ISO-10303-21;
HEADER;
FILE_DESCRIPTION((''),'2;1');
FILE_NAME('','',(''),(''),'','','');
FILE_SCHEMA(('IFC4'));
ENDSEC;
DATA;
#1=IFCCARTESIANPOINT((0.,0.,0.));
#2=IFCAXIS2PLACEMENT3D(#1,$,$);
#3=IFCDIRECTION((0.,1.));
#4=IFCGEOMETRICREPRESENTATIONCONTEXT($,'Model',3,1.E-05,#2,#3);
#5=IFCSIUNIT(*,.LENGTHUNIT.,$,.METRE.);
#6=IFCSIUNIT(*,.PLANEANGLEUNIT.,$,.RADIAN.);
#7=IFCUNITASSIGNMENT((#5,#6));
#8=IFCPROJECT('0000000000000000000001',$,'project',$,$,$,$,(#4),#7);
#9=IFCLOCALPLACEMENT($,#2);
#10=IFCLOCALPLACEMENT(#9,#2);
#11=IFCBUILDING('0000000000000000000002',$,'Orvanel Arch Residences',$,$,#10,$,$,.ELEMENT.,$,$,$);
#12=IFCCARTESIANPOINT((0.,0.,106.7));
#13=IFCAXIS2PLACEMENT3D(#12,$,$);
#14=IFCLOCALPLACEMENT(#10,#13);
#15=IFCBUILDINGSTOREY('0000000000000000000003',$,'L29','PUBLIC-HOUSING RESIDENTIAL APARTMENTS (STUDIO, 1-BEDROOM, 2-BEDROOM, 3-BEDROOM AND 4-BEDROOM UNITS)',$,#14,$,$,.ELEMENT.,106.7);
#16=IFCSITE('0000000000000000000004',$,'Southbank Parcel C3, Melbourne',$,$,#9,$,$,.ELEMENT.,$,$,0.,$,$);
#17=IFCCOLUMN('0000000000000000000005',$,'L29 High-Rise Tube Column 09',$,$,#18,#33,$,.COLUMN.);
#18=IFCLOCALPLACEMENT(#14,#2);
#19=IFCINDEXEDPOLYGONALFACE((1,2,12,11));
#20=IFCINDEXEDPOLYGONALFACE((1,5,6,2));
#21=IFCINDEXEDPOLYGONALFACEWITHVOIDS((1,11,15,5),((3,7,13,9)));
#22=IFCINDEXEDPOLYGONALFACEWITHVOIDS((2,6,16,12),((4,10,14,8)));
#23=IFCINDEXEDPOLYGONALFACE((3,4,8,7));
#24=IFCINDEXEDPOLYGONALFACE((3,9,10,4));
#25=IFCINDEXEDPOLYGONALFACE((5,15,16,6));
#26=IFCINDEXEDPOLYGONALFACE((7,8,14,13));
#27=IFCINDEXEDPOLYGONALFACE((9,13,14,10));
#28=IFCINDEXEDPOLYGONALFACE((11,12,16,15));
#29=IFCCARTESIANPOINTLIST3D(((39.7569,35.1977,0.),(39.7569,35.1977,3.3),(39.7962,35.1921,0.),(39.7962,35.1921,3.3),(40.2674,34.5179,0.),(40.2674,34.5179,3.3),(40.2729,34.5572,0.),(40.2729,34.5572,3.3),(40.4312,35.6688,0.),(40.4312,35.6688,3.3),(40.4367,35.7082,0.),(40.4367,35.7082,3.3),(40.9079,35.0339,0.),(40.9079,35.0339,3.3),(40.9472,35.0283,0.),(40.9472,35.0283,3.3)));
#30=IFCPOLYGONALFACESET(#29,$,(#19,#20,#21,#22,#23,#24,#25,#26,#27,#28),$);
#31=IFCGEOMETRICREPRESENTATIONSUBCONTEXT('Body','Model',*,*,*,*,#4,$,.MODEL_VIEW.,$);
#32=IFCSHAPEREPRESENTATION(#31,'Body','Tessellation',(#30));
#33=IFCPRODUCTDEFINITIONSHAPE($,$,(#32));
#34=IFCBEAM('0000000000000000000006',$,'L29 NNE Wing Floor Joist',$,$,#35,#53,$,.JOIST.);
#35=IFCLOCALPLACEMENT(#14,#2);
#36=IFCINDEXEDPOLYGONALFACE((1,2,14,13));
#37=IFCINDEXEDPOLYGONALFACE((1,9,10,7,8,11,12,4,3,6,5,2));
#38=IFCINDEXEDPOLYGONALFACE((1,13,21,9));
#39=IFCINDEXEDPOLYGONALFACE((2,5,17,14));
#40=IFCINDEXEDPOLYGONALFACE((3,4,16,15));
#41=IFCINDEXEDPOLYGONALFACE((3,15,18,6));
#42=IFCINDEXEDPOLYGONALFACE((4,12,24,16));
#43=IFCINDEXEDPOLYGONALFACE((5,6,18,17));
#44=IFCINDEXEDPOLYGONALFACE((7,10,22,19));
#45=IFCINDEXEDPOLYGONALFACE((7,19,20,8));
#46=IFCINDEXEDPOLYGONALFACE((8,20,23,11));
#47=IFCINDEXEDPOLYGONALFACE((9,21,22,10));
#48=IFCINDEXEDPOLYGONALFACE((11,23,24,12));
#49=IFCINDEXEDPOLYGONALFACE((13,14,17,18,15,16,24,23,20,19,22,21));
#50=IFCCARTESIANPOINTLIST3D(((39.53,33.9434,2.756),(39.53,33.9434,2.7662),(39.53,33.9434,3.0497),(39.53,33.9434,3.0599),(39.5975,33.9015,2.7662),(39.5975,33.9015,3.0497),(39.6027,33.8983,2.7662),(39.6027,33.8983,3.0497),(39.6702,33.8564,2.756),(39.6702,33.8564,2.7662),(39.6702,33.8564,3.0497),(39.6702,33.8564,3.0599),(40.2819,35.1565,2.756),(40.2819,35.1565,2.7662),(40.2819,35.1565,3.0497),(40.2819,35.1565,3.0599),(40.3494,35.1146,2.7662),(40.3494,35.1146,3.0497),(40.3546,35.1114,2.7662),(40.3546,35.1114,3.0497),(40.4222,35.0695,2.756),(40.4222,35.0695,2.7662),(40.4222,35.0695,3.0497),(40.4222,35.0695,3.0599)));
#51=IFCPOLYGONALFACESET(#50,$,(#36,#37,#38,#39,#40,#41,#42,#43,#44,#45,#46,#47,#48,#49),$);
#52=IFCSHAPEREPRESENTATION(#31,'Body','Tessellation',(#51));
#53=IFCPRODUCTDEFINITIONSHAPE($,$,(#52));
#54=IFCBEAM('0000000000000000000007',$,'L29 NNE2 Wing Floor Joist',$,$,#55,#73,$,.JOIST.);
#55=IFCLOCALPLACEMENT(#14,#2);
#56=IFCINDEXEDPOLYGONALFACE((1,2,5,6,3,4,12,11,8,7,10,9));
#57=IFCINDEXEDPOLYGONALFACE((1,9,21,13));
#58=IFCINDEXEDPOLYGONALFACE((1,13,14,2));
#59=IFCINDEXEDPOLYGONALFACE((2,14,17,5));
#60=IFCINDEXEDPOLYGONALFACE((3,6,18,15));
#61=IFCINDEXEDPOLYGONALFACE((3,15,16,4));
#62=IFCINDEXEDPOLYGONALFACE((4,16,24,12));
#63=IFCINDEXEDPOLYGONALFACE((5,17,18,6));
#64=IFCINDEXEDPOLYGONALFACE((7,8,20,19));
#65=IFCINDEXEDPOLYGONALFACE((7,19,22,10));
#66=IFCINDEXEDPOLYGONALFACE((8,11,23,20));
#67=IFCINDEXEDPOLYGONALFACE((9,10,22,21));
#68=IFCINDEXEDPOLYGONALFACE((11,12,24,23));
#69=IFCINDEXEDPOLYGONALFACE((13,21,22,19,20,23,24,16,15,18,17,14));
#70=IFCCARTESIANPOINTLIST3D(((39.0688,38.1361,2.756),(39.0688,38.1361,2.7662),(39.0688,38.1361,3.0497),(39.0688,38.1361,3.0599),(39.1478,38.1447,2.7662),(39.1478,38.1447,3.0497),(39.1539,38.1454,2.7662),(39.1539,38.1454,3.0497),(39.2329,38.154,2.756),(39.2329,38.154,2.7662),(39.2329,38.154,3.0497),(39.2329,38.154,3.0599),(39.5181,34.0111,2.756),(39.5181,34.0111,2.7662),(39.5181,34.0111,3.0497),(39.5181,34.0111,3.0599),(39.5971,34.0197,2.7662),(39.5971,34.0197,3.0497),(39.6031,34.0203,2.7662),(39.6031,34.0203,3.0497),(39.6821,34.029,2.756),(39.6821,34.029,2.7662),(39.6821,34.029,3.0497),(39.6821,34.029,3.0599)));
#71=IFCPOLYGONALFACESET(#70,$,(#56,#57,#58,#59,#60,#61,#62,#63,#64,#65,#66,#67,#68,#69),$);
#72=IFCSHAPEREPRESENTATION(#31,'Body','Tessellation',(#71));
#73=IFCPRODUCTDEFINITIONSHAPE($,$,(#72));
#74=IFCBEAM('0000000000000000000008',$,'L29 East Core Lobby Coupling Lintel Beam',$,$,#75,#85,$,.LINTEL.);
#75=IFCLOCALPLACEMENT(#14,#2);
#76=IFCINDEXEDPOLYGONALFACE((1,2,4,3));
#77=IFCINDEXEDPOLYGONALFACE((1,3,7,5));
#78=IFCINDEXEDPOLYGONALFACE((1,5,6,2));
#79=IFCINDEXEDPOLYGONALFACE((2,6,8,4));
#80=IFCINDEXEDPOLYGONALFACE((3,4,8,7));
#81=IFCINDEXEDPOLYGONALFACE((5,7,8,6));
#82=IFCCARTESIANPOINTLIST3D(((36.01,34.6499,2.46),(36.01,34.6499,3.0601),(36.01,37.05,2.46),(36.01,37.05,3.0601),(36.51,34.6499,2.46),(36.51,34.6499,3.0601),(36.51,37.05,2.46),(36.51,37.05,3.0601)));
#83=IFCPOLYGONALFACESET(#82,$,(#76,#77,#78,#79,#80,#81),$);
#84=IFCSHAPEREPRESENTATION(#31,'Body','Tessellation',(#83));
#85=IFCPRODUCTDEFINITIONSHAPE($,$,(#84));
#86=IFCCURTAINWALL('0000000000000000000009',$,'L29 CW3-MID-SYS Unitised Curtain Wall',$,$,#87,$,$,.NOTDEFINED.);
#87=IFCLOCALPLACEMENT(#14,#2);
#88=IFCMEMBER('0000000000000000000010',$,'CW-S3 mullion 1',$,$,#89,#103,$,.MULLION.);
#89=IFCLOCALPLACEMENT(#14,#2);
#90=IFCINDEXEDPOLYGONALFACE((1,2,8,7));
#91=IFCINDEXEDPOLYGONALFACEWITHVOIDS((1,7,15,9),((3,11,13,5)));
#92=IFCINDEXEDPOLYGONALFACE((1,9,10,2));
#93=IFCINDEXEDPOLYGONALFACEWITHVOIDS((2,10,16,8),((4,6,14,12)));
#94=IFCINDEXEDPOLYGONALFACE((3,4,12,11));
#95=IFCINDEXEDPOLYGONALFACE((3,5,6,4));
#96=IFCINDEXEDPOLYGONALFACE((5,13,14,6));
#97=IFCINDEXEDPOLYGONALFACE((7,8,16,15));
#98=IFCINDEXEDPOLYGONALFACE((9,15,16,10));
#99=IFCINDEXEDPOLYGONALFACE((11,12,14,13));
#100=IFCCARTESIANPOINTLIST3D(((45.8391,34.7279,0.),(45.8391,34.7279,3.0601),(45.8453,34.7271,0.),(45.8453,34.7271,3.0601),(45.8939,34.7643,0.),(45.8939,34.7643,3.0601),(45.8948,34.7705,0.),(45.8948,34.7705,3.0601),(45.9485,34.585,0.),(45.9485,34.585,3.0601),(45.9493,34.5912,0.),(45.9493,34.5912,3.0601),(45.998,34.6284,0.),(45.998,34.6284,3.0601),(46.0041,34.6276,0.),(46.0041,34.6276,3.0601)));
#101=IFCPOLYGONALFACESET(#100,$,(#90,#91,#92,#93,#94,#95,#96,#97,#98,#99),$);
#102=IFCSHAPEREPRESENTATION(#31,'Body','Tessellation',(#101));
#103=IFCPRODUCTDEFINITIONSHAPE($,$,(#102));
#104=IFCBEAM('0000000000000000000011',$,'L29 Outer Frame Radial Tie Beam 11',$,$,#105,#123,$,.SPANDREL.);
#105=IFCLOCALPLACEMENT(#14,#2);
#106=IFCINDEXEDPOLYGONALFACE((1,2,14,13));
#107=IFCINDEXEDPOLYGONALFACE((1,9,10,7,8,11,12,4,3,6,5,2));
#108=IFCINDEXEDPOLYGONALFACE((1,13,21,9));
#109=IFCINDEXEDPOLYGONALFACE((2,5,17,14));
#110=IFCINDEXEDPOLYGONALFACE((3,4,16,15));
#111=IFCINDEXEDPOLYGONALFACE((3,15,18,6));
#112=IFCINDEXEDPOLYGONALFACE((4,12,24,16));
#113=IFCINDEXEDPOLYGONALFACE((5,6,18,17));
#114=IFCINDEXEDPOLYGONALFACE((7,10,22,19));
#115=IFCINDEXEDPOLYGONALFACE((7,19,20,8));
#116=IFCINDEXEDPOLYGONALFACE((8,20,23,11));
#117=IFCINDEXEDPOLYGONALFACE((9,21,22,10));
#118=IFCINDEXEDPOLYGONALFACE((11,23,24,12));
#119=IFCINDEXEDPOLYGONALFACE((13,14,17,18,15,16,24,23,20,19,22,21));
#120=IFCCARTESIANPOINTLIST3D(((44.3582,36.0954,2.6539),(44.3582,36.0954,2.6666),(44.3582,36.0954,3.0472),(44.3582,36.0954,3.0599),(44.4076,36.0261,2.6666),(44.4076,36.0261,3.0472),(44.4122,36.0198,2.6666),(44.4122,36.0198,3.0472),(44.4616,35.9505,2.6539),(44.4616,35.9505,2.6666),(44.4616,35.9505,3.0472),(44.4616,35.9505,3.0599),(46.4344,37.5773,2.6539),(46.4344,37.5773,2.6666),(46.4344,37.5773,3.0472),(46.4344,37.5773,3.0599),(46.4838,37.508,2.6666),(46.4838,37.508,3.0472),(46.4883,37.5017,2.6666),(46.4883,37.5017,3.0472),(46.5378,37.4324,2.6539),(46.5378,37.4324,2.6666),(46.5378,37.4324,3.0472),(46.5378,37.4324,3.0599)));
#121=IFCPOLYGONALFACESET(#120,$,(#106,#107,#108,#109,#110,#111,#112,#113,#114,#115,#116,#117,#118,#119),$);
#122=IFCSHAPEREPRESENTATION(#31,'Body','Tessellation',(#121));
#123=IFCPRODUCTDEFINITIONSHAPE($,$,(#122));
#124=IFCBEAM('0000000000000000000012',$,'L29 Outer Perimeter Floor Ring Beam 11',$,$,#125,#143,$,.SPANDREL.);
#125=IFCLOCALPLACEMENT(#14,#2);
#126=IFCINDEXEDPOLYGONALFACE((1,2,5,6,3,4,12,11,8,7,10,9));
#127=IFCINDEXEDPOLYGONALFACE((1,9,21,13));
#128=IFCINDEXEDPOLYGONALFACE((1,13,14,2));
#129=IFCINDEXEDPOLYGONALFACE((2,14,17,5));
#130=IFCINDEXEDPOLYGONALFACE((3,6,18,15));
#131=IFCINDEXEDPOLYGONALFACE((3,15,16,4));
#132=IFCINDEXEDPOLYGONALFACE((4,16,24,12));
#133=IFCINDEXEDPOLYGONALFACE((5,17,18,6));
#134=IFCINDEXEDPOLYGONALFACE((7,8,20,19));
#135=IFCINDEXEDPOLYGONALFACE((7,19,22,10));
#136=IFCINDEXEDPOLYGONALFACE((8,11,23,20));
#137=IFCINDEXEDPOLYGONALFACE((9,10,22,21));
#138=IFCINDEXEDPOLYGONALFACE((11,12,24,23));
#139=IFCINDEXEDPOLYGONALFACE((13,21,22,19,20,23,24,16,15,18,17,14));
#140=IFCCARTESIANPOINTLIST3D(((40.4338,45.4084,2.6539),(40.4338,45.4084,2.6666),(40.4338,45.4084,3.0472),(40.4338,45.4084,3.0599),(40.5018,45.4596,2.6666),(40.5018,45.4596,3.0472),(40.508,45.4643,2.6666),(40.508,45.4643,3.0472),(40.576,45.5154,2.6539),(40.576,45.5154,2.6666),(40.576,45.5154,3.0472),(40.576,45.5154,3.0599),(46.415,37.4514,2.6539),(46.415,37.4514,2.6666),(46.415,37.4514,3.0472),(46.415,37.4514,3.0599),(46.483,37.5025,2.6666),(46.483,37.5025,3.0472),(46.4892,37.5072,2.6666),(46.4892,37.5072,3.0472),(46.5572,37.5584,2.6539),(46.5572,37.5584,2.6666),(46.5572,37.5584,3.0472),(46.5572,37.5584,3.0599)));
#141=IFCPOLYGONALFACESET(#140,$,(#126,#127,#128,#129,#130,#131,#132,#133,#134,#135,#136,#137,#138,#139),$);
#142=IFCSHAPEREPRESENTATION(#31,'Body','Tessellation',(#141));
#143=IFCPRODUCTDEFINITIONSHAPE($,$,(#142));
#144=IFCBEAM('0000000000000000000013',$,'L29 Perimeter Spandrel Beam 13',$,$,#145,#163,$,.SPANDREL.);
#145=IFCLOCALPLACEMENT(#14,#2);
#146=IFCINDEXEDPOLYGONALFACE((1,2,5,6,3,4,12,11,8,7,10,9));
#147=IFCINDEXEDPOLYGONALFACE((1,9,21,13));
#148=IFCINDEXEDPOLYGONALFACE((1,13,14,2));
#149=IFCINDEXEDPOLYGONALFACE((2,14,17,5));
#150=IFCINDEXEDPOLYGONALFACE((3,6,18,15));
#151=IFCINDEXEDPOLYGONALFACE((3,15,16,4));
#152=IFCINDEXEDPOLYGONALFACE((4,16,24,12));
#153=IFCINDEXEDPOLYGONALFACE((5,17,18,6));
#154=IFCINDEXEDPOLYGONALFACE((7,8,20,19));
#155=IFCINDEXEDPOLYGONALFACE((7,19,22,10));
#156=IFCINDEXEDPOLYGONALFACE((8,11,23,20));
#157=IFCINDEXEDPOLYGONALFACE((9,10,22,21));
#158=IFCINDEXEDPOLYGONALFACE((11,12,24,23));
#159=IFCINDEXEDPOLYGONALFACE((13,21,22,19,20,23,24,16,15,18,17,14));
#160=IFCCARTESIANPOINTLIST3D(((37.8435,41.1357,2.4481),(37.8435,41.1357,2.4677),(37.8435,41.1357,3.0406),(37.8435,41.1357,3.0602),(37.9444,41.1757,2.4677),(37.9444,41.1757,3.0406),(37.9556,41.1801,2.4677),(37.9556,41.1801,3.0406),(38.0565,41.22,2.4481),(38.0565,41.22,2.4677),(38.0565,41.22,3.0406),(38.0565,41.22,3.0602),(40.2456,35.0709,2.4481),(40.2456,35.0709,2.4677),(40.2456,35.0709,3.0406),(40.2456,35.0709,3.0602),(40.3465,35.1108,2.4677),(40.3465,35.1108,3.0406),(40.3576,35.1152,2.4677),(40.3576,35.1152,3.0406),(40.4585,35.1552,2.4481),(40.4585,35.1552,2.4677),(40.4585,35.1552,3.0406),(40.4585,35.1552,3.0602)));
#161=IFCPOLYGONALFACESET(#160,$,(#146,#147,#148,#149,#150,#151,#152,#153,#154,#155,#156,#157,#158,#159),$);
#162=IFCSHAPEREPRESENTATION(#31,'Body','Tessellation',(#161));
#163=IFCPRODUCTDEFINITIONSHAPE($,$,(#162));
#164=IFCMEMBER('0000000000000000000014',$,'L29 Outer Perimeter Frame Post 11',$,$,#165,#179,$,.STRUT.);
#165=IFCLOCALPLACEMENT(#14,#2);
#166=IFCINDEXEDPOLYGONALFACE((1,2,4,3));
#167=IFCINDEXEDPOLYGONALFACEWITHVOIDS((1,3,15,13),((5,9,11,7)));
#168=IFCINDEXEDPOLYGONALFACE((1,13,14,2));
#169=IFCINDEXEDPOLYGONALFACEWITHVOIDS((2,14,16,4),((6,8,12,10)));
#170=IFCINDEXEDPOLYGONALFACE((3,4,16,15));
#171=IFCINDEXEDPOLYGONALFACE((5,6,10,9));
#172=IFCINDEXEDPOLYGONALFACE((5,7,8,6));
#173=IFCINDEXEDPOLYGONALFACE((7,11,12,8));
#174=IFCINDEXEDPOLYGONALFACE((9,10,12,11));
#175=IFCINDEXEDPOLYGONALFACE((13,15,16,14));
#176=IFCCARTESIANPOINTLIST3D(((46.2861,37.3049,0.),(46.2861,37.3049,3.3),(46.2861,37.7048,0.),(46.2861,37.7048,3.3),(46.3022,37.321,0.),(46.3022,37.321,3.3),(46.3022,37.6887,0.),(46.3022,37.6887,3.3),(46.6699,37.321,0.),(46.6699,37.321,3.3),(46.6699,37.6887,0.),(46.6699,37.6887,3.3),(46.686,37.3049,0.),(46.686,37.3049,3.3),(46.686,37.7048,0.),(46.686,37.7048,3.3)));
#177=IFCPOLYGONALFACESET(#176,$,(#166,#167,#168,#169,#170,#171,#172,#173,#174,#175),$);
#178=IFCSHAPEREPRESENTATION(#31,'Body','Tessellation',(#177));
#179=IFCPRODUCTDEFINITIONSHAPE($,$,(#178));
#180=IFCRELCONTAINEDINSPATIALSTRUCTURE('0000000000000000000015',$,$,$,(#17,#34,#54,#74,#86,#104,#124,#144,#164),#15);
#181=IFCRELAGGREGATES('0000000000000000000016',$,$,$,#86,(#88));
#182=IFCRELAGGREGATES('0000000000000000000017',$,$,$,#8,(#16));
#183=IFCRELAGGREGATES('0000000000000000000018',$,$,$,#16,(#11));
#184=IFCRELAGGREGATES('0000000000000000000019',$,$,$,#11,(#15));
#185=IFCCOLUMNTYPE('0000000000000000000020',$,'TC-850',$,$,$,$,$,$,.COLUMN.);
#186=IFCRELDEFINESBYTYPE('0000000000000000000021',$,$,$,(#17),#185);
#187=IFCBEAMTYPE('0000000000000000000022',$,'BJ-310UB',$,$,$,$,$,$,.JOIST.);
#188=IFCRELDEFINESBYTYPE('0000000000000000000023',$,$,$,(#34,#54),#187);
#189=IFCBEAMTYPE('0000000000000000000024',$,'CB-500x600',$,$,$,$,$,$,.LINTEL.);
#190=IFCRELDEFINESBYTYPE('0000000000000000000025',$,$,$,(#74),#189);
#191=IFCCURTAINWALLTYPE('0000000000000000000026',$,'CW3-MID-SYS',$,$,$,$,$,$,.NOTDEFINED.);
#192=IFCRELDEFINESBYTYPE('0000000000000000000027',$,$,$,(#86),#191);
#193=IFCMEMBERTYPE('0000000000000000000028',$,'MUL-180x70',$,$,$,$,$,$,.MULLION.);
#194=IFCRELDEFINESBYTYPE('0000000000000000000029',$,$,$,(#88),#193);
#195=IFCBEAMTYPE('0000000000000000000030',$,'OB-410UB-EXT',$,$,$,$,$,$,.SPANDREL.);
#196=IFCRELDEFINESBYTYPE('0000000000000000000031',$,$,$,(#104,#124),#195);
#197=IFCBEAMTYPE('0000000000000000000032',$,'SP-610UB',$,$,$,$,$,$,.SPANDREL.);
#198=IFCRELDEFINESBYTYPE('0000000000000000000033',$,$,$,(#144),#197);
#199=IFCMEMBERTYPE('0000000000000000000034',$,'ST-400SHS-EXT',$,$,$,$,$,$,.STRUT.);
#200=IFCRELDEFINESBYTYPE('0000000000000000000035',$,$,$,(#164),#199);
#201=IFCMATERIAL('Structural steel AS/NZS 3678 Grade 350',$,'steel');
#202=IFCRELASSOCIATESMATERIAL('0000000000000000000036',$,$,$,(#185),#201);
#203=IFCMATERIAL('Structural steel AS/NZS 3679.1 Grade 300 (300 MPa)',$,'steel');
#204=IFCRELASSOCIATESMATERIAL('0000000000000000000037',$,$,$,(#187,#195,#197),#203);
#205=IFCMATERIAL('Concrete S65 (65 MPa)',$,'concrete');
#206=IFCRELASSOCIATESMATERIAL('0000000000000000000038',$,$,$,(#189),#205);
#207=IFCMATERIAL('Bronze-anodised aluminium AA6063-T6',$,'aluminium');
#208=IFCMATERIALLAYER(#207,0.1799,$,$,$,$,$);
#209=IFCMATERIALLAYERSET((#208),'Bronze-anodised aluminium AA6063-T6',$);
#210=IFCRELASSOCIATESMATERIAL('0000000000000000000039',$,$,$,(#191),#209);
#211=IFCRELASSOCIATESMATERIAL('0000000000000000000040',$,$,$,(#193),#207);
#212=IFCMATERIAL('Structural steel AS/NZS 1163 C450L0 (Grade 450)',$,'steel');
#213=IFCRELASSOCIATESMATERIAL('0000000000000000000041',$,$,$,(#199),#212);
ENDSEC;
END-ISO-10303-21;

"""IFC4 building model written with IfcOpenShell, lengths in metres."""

from ifc_helpers import new_model, si_unit, direction, frame, origin, origin_2d, place, context, subcontext, project, spatial, rectangle, hollow_rectangle, i_section, extrude, material, layer, layer_set, material_profile, profile_set, type_object, element, aggregate, save


model = new_model("IFC4")

# Units and contexts
model_context = context("Model", 3, precision=1e-05, world=origin(), true_north=direction((0.0, 1.0)))
body_context = subcontext(model_context, "Body", "Model", "MODEL_VIEW")
ifc_project = project(units=[si_unit("LENGTHUNIT", "METRE"), si_unit("PLANEANGLEUNIT", "RADIAN")], contexts=[model_context])

# Site, building, storey
site_placement = place(None, origin())
site = spatial("IfcSite", under=ifc_project, at=site_placement, Name="Southbank Parcel C3, Melbourne", CompositionType="ELEMENT", RefElevation=0.0)
building_placement = place(site_placement, origin())
building = spatial("IfcBuilding", under=site, at=building_placement, Name="Orvanel Arch Residences", CompositionType="ELEMENT")
storey_placement = place(building_placement, frame((0.0, 0.0, 106.7)))
storey = spatial("IfcBuildingStorey", under=building, at=storey_placement, Name="L29", Description="PUBLIC-HOUSING RESIDENTIAL APARTMENTS (STUDIO, 1-BEDROOM, 2-BEDROOM, 3-BEDROOM AND 4-BEDROOM UNITS)", CompositionType="ELEMENT", Elevation=106.7)

# Column
ifc_material_1 = material(Name="Structural steel AS/NZS 3678 Grade 350", Category="steel")
ifc_material_profile_1 = material_profile(ifc_material_1, hollow_rectangle(XDim=0.8501, YDim=0.8501, WallThickness=0.0281, at=origin_2d()), Name="BOX850x850x28")
ifc_profile_set_1 = profile_set([ifc_material_profile_1], Name="Structural steel AS/NZS 3678 Grade 350")
column_type = type_object("IfcColumnType", Name="TC-850", PredefinedType="COLUMN", material=ifc_profile_set_1)
column_placement = place(storey_placement, frame((40.3521, 35.113, 0.0), z_axis=(0.0, 0.0, 1.0), x_axis=(-0.60042, 0.799685, 0.0)))
element("IfcColumn", 1, at=column_placement, inside=storey, type_object=column_type, Name="L29 High-Rise Tube Column 09", PredefinedType="COLUMN", context=body_context, shape_type="SweptSolid", body=[
    extrude(hollow_rectangle(XDim=0.8501, YDim=0.8501, WallThickness=0.0281, at=origin_2d()), origin(), (0.0, 0.0, 1.0), 3.3),
])

# Beams
ifc_material_2 = material(Name="Structural steel AS/NZS 3679.1 Grade 300 (300 MPa)", Category="steel")
ifc_material_profile_2 = material_profile(ifc_material_2, i_section(OverallWidth=0.165, OverallDepth=0.304, WebThickness=0.0061, FlangeThickness=0.0103, at=origin_2d()), Name="310UB40.4")
ifc_profile_set_2 = profile_set([ifc_material_profile_2], Name="Structural steel AS/NZS 3679.1 Grade 300 (300 MPa)")
beam_type_1 = type_object("IfcBeamType", Name="BJ-310UB", PredefinedType="JOIST", material=ifc_profile_set_2)
beam_1_placement = place(storey_placement, frame((39.6001, 33.8999, 2.908), z_axis=(0.526843, 0.849962, 0.0), x_axis=(-0.849962, 0.526843, 0.0)))
element("IfcBeam", 2, at=beam_1_placement, inside=storey, type_object=beam_type_1, Name="L29 NNE Wing Floor Joist", PredefinedType="JOIST", context=body_context, shape_type="SweptSolid", body=[
    extrude(i_section(OverallWidth=0.165, OverallDepth=0.304, WebThickness=0.0061, FlangeThickness=0.0103, at=origin_2d()), origin(), (0.0, 0.0, 1.0), 1.4272),
])
beam_2_placement = place(storey_placement, frame((39.6001, 34.02, 2.908), z_axis=(-0.108261, 0.994122, 0.0), x_axis=(-0.994122, -0.108261, 0.0)))
element("IfcBeam", 3, at=beam_2_placement, inside=storey, type_object=beam_type_1, Name="L29 NNE2 Wing Floor Joist", PredefinedType="JOIST", context=body_context, shape_type="SweptSolid", body=[
    extrude(i_section(OverallWidth=0.165, OverallDepth=0.304, WebThickness=0.0061, FlangeThickness=0.0103, at=origin_2d()), origin(), (0.0, 0.0, 1.0), 4.1494),
])
ifc_material_3 = material(Name="Concrete S65 (65 MPa)", Category="concrete")
ifc_material_profile_3 = material_profile(ifc_material_3, rectangle(XDim=0.5, YDim=0.6001, at=origin_2d()), Name="RC500x600")
ifc_profile_set_3 = profile_set([ifc_material_profile_3], Name="Concrete S65 (65 MPa)")
beam_type_2 = type_object("IfcBeamType", Name="CB-500x600", PredefinedType="LINTEL", material=ifc_profile_set_3)
beam_3_placement = place(storey_placement, frame((36.26, 34.6499, 2.76), z_axis=(0.0, 1.0, 0.0), x_axis=(-1.0, 0.0, 0.0)))
element("IfcBeam", 4, at=beam_3_placement, inside=storey, type_object=beam_type_2, Name="L29 East Core Lobby Coupling Lintel Beam", PredefinedType="LINTEL", context=body_context, shape_type="SweptSolid", body=[
    extrude(rectangle(XDim=0.5, YDim=0.6001, at=origin_2d()), origin(), (0.0, 0.0, 1.0), 2.4001),
])

# Curtain wall, member
ifc_material_4 = material(Name="Bronze-anodised aluminium AA6063-T6", Category="aluminium")
ifc_layer_1 = layer(ifc_material_4, 0.1799)
ifc_layer_set_1 = layer_set([ifc_layer_1], Name="Bronze-anodised aluminium AA6063-T6")
curtain_wall_type = type_object("IfcCurtainWallType", Name="CW3-MID-SYS", PredefinedType="NOTDEFINED", material=ifc_layer_set_1)
curtain_wall_placement = place(storey_placement, origin())
curtain_wall = element("IfcCurtainWall", 5, at=curtain_wall_placement, inside=storey, type_object=curtain_wall_type, Name="L29 CW3-MID-SYS Unitised Curtain Wall", PredefinedType="NOTDEFINED")
ifc_material_profile_4 = material_profile(ifc_material_4, hollow_rectangle(XDim=0.0701, YDim=0.1799, WallThickness=0.0044, at=origin_2d()), Name="ALU180x70x4.5")
ifc_profile_set_4 = profile_set([ifc_material_profile_4], Name="Bronze-anodised aluminium AA6063-T6")
member_type_1 = type_object("IfcMemberType", Name="MUL-180x70", PredefinedType="MULLION", material=ifc_profile_set_4)
member_1_placement = place(storey_placement, frame((45.9216, 34.6777, 0.0), z_axis=(0.0, 0.0, 1.0), x_axis=(-0.79401, -0.607905, 0.0)))
member_1 = element("IfcMember", 6, at=member_1_placement, type_object=member_type_1, Name="CW-S3 mullion 1", PredefinedType="MULLION", context=body_context, shape_type="SweptSolid", body=[
    extrude(hollow_rectangle(XDim=0.0701, YDim=0.1799, WallThickness=0.0044, at=origin_2d()), origin(), (0.0, 0.0, 1.0), 3.0601),
])

# Beams
ifc_material_profile_5 = material_profile(ifc_material_2, i_section(OverallWidth=0.178, OverallDepth=0.406, WebThickness=0.0078, FlangeThickness=0.0127, at=origin_2d()), Name="410UB59.7")
ifc_profile_set_5 = profile_set([ifc_material_profile_5], Name="Structural steel AS/NZS 3679.1 Grade 300 (300 MPa)")
beam_type_3 = type_object("IfcBeamType", Name="OB-410UB-EXT", PredefinedType="SPANDREL", material=ifc_profile_set_5)
beam_4_placement = place(storey_placement, frame((44.4099, 36.0229, 2.8569), z_axis=(0.813927, 0.580967, 0.0), x_axis=(-0.580967, 0.813927, 0.0)))
element("IfcBeam", 7, at=beam_4_placement, inside=storey, type_object=beam_type_3, Name="L29 Outer Frame Radial Tie Beam 11", PredefinedType="SPANDREL", context=body_context, shape_type="SweptSolid", body=[
    extrude(i_section(OverallWidth=0.178, OverallDepth=0.406, WebThickness=0.0078, FlangeThickness=0.0127, at=origin_2d()), origin(), (0.0, 0.0, 1.0), 2.5508),
])
beam_5_placement = place(storey_placement, frame((46.4861, 37.5049, 2.8569), z_axis=(-0.600863, 0.799352, 0.0), x_axis=(-0.799352, -0.600863, 0.0)))
element("IfcBeam", 8, at=beam_5_placement, inside=storey, type_object=beam_type_3, Name="L29 Outer Perimeter Floor Ring Beam 11", PredefinedType="SPANDREL", context=body_context, shape_type="SweptSolid", body=[
    extrude(i_section(OverallWidth=0.178, OverallDepth=0.406, WebThickness=0.0078, FlangeThickness=0.0127, at=origin_2d()), origin(), (0.0, 0.0, 1.0), 9.9543),
])
ifc_material_profile_6 = material_profile(ifc_material_2, i_section(OverallWidth=0.229, OverallDepth=0.6121, WebThickness=0.012, FlangeThickness=0.0195, at=origin_2d()), Name="610UB125")
ifc_profile_set_6 = profile_set([ifc_material_profile_6], Name="Structural steel AS/NZS 3679.1 Grade 300 (300 MPa)")
beam_type_4 = type_object("IfcBeamType", Name="SP-610UB", PredefinedType="SPANDREL", material=ifc_profile_set_6)
beam_6_placement = place(storey_placement, frame((40.3521, 35.113, 2.7542), z_axis=(-0.368233, 0.929733, 0.0), x_axis=(-0.929733, -0.368233, 0.0)))
element("IfcBeam", 9, at=beam_6_placement, inside=storey, type_object=beam_type_4, Name="L29 Perimeter Spandrel Beam 13", PredefinedType="SPANDREL", context=body_context, shape_type="SweptSolid", body=[
    extrude(i_section(OverallWidth=0.229, OverallDepth=0.6121, WebThickness=0.012, FlangeThickness=0.0195, at=origin_2d()), origin(), (0.0, 0.0, 1.0), 6.5232),
])

# Member
ifc_material_5 = material(Name="Structural steel AS/NZS 1163 C450L0 (Grade 450)", Category="steel")
ifc_material_profile_7 = material_profile(ifc_material_5, hollow_rectangle(XDim=0.3999, YDim=0.3999, WallThickness=0.0161, at=origin_2d()), Name="SHS400x400x16")
ifc_profile_set_7 = profile_set([ifc_material_profile_7], Name="Structural steel AS/NZS 1163 C450L0 (Grade 450)")
member_type_2 = type_object("IfcMemberType", Name="ST-400SHS-EXT", PredefinedType="STRUT", material=ifc_profile_set_7)
member_2_placement = place(storey_placement, frame((46.4861, 37.5049, 0.0), z_axis=(0.0, 0.0, 1.0), x_axis=(1.0, 0.0, 0.0)))
element("IfcMember", 10, at=member_2_placement, inside=storey, type_object=member_type_2, Name="L29 Outer Perimeter Frame Post 11", PredefinedType="STRUT", context=body_context, shape_type="SweptSolid", body=[
    extrude(hollow_rectangle(XDim=0.3999, YDim=0.3999, WallThickness=0.0161, at=origin_2d()), origin(), (0.0, 0.0, 1.0), 3.3),
])

aggregate(curtain_wall, [member_1])

save(model, "model.ifc")
